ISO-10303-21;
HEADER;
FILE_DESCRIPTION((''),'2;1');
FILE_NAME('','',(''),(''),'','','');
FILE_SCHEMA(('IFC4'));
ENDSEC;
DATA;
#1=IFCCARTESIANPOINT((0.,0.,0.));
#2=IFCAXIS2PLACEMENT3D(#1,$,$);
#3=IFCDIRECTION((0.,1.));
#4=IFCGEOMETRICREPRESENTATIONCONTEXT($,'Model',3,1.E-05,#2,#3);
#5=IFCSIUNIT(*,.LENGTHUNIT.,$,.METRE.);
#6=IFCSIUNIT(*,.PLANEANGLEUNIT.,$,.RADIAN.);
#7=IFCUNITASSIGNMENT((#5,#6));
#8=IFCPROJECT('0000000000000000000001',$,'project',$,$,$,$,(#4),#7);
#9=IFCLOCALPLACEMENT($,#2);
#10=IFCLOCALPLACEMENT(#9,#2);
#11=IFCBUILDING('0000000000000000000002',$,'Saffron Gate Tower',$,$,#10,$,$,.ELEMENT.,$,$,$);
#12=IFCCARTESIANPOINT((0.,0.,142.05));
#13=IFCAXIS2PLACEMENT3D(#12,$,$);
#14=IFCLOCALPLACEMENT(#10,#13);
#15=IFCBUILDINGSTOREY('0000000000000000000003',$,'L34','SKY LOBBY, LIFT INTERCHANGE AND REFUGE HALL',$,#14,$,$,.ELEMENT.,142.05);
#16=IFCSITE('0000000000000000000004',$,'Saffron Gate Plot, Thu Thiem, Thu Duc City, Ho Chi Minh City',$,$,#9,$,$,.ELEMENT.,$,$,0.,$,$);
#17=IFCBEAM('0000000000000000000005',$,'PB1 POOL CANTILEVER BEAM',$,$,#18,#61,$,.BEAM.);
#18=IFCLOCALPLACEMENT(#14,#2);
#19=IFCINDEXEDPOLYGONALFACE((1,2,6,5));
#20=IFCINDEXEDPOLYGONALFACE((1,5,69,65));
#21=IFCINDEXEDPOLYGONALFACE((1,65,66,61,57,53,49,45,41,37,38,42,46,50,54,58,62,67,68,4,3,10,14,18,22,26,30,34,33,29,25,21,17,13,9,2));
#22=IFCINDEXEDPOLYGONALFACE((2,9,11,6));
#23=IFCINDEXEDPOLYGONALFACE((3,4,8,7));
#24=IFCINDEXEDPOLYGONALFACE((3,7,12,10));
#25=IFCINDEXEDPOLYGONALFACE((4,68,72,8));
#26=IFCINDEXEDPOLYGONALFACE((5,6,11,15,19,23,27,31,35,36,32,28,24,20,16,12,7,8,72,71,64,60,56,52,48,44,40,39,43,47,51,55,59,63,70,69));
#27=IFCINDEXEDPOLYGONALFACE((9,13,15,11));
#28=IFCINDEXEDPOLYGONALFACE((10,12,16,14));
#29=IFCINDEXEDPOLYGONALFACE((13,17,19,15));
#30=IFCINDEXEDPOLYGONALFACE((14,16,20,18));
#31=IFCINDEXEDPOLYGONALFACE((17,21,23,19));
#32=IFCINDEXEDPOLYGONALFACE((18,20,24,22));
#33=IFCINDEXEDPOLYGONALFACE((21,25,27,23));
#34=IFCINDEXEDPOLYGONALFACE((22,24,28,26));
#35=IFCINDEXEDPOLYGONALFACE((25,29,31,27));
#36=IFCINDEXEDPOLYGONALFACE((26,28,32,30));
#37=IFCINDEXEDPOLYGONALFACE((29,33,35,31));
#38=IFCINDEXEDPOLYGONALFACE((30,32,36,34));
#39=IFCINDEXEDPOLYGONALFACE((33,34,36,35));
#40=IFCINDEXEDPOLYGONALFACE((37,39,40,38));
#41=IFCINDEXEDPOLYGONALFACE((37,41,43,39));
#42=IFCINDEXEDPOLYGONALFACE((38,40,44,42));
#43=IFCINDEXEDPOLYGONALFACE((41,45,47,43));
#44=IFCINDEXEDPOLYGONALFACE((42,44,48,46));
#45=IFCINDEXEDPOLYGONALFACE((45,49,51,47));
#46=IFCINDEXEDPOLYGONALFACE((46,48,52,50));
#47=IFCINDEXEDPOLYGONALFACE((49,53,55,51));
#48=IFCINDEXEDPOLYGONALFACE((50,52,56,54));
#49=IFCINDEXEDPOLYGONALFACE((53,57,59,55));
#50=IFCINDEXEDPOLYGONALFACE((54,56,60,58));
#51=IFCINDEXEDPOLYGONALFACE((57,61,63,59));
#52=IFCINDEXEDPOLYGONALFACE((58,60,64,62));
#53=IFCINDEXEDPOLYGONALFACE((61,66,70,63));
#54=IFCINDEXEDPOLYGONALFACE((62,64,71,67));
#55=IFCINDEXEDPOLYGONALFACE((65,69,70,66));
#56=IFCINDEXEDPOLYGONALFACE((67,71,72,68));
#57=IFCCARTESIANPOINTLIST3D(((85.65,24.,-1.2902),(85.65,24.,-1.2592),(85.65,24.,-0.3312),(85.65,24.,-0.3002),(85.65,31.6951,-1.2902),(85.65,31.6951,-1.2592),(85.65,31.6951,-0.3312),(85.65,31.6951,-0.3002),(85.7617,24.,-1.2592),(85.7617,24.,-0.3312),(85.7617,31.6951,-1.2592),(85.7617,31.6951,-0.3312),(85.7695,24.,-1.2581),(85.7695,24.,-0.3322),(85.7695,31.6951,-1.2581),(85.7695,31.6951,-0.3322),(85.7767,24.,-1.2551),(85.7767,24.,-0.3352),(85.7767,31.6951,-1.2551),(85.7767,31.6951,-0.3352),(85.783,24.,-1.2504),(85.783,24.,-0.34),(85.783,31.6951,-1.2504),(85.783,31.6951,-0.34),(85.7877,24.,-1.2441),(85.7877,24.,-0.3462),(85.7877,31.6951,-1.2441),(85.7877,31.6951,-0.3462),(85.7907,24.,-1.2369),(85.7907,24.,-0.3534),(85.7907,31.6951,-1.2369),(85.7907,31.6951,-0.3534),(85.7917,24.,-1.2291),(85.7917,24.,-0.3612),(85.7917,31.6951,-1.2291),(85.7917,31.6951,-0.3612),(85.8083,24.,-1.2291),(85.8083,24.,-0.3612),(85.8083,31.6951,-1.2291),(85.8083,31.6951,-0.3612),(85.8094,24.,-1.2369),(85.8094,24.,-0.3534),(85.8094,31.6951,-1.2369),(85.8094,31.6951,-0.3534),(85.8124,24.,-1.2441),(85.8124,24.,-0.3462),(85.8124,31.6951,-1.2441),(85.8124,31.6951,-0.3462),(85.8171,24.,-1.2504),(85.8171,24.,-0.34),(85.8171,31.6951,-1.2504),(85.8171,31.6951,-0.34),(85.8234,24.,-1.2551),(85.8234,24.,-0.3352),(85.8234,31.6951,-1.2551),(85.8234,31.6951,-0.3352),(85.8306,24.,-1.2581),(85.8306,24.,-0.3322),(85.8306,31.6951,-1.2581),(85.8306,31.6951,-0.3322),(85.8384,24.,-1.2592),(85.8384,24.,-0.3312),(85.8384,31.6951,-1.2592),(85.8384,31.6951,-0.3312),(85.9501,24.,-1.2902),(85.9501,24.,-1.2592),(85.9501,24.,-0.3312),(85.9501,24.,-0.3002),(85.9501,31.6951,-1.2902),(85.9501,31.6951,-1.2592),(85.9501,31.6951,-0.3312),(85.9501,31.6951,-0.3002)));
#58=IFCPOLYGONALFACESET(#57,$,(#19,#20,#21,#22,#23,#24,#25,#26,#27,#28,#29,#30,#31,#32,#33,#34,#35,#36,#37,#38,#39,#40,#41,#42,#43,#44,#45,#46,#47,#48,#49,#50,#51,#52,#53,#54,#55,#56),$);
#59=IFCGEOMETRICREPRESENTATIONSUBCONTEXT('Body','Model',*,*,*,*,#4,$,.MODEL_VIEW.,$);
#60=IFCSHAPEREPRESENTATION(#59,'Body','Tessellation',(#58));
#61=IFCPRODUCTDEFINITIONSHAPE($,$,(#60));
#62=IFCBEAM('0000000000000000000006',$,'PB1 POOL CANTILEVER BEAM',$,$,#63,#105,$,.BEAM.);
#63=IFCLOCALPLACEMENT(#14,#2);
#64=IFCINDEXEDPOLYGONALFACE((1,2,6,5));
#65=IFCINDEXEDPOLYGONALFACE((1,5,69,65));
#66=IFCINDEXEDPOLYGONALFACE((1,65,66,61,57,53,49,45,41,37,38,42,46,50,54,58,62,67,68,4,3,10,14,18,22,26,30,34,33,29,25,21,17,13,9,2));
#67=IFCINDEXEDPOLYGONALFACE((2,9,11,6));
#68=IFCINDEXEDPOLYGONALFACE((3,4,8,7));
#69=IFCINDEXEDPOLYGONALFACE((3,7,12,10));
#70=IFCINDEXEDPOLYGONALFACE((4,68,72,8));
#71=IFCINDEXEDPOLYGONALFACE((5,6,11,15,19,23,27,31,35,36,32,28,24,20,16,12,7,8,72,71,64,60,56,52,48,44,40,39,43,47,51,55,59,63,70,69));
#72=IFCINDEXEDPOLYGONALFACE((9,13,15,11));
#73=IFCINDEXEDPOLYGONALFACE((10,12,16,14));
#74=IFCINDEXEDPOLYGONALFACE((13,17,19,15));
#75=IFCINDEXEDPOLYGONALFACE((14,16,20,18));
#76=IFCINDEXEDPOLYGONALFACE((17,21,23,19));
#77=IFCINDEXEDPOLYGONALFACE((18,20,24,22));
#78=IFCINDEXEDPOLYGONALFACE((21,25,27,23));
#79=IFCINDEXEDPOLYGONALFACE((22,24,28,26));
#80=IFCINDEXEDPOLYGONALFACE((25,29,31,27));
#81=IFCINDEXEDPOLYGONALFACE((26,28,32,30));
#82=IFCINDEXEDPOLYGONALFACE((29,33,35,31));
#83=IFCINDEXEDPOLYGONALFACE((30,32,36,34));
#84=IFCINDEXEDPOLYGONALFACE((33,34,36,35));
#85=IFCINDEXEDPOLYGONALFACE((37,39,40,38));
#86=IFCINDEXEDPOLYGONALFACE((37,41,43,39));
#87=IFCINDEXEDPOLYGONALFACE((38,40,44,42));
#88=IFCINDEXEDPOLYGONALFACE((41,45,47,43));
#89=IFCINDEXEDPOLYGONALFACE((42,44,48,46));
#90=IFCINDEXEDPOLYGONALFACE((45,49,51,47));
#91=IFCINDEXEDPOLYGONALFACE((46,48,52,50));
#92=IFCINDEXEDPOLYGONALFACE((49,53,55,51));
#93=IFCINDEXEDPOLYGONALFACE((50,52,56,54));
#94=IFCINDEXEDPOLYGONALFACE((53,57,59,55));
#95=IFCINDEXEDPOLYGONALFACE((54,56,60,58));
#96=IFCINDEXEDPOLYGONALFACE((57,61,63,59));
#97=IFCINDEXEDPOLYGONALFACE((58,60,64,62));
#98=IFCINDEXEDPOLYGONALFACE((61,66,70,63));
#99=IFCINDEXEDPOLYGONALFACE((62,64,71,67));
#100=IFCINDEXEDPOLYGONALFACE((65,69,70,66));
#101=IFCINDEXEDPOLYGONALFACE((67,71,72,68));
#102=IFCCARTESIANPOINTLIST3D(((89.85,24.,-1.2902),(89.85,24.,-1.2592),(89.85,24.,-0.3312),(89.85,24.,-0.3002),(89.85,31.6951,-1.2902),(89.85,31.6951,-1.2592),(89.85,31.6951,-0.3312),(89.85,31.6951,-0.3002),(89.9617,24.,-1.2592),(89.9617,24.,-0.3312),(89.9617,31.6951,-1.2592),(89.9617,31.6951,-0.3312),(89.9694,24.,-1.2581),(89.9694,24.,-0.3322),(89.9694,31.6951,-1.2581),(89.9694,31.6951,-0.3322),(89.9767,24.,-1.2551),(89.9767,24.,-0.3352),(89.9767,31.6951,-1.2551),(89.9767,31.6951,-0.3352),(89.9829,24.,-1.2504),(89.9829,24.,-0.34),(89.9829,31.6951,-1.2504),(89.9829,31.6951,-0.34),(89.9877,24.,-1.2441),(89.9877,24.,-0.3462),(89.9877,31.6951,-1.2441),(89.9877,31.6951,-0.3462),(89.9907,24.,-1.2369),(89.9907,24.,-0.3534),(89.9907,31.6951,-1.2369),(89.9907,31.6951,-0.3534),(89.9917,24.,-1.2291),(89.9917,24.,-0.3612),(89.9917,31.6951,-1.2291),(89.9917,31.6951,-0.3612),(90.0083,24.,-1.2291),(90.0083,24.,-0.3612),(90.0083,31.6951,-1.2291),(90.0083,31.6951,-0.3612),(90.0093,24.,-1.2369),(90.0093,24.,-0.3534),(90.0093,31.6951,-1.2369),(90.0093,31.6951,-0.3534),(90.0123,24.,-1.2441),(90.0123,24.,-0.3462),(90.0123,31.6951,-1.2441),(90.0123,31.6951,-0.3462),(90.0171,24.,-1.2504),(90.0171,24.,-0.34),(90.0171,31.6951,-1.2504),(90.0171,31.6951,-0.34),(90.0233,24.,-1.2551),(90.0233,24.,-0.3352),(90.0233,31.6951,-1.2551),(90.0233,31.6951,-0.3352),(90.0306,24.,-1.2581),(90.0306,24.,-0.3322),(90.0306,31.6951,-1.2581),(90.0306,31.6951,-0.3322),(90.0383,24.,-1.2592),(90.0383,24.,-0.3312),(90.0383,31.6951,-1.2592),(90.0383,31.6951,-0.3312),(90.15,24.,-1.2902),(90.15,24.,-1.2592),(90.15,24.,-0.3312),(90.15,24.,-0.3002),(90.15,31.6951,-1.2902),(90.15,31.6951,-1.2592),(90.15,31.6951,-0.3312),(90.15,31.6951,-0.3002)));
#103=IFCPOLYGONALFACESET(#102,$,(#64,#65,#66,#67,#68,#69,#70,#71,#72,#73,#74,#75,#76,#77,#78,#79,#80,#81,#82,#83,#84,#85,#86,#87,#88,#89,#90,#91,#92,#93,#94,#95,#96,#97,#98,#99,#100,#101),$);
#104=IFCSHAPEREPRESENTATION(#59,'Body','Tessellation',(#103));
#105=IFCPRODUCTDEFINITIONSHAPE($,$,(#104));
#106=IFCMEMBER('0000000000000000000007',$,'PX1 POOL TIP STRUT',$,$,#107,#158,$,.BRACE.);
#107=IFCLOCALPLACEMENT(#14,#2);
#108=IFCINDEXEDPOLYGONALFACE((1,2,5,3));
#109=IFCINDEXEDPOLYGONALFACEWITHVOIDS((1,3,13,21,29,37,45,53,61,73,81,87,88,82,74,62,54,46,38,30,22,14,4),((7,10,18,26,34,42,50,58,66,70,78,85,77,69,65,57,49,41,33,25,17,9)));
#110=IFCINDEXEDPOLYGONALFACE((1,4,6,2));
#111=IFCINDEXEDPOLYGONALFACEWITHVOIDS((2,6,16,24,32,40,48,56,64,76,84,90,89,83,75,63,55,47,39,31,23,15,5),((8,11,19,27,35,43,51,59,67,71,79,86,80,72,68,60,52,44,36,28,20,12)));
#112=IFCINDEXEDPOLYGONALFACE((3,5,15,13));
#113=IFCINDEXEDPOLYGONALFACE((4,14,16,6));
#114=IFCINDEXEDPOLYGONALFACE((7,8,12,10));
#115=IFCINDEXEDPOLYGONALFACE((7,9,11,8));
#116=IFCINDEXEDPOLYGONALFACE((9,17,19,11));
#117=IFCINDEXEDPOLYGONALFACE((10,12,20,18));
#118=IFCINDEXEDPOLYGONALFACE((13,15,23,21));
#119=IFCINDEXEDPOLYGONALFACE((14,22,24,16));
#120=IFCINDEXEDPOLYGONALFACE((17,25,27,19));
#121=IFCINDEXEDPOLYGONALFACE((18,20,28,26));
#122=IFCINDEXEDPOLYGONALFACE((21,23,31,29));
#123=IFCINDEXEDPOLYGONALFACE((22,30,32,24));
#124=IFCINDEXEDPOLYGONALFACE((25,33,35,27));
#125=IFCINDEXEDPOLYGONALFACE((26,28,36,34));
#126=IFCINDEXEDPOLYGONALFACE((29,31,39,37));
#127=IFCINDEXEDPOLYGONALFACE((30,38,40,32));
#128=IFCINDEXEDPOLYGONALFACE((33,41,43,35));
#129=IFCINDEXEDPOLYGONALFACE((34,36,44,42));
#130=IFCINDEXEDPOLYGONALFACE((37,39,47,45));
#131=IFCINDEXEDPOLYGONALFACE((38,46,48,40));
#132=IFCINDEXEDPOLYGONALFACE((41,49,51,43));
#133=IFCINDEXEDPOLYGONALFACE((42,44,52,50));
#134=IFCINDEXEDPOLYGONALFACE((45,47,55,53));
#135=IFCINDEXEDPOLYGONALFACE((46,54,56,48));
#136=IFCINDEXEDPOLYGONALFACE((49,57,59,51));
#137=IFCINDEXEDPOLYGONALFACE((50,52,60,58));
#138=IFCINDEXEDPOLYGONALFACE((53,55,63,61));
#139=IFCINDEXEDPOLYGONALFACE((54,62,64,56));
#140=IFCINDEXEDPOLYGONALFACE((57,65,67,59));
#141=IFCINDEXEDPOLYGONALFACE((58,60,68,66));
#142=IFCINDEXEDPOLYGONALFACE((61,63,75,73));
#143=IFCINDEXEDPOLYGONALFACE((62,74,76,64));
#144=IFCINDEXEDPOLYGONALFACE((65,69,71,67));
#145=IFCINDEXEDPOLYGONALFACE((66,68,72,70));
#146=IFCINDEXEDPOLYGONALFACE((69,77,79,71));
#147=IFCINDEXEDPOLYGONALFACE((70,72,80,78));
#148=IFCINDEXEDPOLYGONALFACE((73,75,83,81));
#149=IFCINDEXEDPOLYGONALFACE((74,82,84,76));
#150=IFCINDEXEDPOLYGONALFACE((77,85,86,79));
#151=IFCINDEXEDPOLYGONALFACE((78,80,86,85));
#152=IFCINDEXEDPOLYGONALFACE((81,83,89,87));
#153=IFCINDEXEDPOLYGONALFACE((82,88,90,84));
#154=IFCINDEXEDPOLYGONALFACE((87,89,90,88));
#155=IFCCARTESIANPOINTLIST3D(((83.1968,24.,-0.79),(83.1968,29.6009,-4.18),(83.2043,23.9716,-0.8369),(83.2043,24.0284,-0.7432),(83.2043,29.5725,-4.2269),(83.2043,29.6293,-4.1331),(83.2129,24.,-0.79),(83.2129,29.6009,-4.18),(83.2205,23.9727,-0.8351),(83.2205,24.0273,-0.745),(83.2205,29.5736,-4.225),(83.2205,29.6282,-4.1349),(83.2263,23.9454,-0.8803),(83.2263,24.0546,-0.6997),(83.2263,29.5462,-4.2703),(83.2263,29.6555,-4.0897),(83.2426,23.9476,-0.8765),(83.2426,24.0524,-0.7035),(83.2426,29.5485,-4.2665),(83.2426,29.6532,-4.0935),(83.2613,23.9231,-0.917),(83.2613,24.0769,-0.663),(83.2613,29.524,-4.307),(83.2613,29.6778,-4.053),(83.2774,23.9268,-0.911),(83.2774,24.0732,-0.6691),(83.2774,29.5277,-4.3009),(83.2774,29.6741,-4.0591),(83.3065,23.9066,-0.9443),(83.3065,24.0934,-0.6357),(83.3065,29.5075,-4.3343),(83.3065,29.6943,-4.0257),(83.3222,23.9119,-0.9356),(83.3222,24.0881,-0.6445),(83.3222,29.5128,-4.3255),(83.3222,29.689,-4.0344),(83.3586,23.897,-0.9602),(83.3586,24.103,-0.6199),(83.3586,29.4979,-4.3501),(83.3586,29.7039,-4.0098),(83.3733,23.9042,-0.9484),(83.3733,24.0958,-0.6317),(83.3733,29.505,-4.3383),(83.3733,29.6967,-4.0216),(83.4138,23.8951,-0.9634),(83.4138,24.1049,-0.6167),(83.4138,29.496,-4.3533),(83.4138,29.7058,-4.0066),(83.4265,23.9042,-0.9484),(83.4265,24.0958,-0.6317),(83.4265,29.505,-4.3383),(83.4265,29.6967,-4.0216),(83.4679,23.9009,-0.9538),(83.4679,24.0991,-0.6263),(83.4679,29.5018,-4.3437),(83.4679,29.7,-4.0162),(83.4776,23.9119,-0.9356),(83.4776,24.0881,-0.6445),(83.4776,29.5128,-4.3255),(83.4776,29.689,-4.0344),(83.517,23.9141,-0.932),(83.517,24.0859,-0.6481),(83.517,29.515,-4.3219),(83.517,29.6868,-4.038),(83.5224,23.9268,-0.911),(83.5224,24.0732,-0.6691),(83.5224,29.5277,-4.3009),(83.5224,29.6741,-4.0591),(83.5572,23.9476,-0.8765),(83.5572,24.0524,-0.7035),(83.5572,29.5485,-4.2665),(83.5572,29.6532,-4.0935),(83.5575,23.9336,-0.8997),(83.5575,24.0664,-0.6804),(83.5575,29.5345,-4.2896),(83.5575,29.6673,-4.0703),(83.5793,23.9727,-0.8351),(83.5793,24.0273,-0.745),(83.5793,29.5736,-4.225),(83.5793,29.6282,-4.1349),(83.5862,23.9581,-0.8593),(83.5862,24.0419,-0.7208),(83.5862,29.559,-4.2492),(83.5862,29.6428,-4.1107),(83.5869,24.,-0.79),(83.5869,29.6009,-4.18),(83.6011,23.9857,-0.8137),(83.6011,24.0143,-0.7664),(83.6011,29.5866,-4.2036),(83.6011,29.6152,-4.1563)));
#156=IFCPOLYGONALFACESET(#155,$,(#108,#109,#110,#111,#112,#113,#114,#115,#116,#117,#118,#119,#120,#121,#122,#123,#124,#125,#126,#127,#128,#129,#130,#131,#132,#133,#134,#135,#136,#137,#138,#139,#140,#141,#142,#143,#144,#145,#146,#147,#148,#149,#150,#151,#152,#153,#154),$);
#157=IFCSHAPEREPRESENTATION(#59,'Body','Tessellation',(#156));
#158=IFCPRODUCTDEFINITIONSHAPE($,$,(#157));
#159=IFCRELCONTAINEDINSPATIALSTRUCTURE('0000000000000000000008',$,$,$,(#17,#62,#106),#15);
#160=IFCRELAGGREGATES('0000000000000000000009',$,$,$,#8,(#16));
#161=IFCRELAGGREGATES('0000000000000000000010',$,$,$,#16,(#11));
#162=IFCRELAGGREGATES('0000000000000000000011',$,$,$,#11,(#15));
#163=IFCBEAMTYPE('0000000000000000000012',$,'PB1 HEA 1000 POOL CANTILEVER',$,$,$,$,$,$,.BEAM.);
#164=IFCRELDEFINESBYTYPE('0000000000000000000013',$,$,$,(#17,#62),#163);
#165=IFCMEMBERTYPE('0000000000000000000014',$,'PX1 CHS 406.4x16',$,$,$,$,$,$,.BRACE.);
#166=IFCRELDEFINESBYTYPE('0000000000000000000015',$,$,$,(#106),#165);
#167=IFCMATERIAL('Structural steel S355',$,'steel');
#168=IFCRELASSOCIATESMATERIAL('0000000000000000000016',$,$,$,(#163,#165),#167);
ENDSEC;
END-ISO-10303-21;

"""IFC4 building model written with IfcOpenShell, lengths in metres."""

from ifc_helpers import new_model, si_unit, direction, frame, origin, origin_2d, place, context, subcontext, project, spatial, hollow_circle, i_section, extrude, material, material_profile, profile_set, type_object, element, save


model = new_model("IFC4")

# Units and contexts
model_context = context("Model", 3, precision=1e-05, world=origin(), true_north=direction((0.0, 1.0)))
body_context = subcontext(model_context, "Body", "Model", "MODEL_VIEW")
ifc_project = project(units=[si_unit("LENGTHUNIT", "METRE"), si_unit("PLANEANGLEUNIT", "RADIAN")], contexts=[model_context])

# Site, building, storey
site_placement = place(None, origin())
site = spatial("IfcSite", under=ifc_project, at=site_placement, Name="Saffron Gate Plot, Thu Thiem, Thu Duc City, Ho Chi Minh City", CompositionType="ELEMENT", RefElevation=0.0)
building_placement = place(site_placement, origin())
building = spatial("IfcBuilding", under=site, at=building_placement, Name="Saffron Gate Tower", CompositionType="ELEMENT")
storey_placement = place(building_placement, frame((0.0, 0.0, 142.05)))
storey = spatial("IfcBuildingStorey", under=building, at=storey_placement, Name="L34", Description="SKY LOBBY, LIFT INTERCHANGE AND REFUGE HALL", CompositionType="ELEMENT", Elevation=142.05)

# Shared definitions
ifc_material_1 = material(Name="Structural steel S355", Category="steel")

# Beams
ifc_material_profile_1 = material_profile(ifc_material_1, i_section(OverallWidth=0.3, OverallDepth=0.99, WebThickness=0.0166, FlangeThickness=0.031, FilletRadius=0.03, at=origin_2d()))
ifc_profile_set_1 = profile_set([ifc_material_profile_1], Name="Structural steel S355")
beam_type_1 = type_object("IfcBeamType", Name="PB1 HEA 1000 POOL CANTILEVER", PredefinedType="BEAM", material=ifc_profile_set_1)
for number, where, z_axis, x_axis, name in (
    (1, (85.8, 24.0, -0.7952), (0.0, 1.0, 0.0), (-1.0, 0.0, 0.0), "PB1 POOL CANTILEVER BEAM"),
    (2, (90.0, 24.0, -0.7952), (0.0, 1.0, 0.0), (-1.0, 0.0, 0.0), "PB1 POOL CANTILEVER BEAM"),
):
    element("IfcBeam", number, at=place(storey_placement, frame(where, z_axis=z_axis, x_axis=x_axis)), inside=storey, type_object=beam_type_1, Name=name, PredefinedType="BEAM", context=body_context, shape_type="SweptSolid", body=[
        extrude(i_section(OverallWidth=0.3, OverallDepth=0.99, WebThickness=0.0166, FlangeThickness=0.031, FilletRadius=0.03, at=origin_2d()), origin(), (0.0, 0.0, 1.0), 7.6951),
    ])

# Member
ifc_material_profile_2 = material_profile(ifc_material_1, hollow_circle(Radius=0.2031, WallThickness=0.0161, at=origin_2d()))
ifc_profile_set_2 = profile_set([ifc_material_profile_2], Name="Structural steel S355")
member_type_1 = type_object("IfcMemberType", Name="PX1 CHS 406.4x16", PredefinedType="BRACE", material=ifc_profile_set_2)
for number, where, z_axis, x_axis, name in (
    (3, (83.3999, 24.0, -0.79), (0.0, 0.855506, -0.517793), (-1.0, 0.0, 0.0), "PX1 POOL TIP STRUT"),
):
    element("IfcMember", number, at=place(storey_placement, frame(where, z_axis=z_axis, x_axis=x_axis)), inside=storey, type_object=member_type_1, Name=name, PredefinedType="BRACE", context=body_context, shape_type="SweptSolid", body=[
        extrude(hollow_circle(Radius=0.2031, WallThickness=0.0161, at=origin_2d()), origin(), (0.0, 0.0, 1.0), 6.5469),
    ])

save(model, "model.ifc")
